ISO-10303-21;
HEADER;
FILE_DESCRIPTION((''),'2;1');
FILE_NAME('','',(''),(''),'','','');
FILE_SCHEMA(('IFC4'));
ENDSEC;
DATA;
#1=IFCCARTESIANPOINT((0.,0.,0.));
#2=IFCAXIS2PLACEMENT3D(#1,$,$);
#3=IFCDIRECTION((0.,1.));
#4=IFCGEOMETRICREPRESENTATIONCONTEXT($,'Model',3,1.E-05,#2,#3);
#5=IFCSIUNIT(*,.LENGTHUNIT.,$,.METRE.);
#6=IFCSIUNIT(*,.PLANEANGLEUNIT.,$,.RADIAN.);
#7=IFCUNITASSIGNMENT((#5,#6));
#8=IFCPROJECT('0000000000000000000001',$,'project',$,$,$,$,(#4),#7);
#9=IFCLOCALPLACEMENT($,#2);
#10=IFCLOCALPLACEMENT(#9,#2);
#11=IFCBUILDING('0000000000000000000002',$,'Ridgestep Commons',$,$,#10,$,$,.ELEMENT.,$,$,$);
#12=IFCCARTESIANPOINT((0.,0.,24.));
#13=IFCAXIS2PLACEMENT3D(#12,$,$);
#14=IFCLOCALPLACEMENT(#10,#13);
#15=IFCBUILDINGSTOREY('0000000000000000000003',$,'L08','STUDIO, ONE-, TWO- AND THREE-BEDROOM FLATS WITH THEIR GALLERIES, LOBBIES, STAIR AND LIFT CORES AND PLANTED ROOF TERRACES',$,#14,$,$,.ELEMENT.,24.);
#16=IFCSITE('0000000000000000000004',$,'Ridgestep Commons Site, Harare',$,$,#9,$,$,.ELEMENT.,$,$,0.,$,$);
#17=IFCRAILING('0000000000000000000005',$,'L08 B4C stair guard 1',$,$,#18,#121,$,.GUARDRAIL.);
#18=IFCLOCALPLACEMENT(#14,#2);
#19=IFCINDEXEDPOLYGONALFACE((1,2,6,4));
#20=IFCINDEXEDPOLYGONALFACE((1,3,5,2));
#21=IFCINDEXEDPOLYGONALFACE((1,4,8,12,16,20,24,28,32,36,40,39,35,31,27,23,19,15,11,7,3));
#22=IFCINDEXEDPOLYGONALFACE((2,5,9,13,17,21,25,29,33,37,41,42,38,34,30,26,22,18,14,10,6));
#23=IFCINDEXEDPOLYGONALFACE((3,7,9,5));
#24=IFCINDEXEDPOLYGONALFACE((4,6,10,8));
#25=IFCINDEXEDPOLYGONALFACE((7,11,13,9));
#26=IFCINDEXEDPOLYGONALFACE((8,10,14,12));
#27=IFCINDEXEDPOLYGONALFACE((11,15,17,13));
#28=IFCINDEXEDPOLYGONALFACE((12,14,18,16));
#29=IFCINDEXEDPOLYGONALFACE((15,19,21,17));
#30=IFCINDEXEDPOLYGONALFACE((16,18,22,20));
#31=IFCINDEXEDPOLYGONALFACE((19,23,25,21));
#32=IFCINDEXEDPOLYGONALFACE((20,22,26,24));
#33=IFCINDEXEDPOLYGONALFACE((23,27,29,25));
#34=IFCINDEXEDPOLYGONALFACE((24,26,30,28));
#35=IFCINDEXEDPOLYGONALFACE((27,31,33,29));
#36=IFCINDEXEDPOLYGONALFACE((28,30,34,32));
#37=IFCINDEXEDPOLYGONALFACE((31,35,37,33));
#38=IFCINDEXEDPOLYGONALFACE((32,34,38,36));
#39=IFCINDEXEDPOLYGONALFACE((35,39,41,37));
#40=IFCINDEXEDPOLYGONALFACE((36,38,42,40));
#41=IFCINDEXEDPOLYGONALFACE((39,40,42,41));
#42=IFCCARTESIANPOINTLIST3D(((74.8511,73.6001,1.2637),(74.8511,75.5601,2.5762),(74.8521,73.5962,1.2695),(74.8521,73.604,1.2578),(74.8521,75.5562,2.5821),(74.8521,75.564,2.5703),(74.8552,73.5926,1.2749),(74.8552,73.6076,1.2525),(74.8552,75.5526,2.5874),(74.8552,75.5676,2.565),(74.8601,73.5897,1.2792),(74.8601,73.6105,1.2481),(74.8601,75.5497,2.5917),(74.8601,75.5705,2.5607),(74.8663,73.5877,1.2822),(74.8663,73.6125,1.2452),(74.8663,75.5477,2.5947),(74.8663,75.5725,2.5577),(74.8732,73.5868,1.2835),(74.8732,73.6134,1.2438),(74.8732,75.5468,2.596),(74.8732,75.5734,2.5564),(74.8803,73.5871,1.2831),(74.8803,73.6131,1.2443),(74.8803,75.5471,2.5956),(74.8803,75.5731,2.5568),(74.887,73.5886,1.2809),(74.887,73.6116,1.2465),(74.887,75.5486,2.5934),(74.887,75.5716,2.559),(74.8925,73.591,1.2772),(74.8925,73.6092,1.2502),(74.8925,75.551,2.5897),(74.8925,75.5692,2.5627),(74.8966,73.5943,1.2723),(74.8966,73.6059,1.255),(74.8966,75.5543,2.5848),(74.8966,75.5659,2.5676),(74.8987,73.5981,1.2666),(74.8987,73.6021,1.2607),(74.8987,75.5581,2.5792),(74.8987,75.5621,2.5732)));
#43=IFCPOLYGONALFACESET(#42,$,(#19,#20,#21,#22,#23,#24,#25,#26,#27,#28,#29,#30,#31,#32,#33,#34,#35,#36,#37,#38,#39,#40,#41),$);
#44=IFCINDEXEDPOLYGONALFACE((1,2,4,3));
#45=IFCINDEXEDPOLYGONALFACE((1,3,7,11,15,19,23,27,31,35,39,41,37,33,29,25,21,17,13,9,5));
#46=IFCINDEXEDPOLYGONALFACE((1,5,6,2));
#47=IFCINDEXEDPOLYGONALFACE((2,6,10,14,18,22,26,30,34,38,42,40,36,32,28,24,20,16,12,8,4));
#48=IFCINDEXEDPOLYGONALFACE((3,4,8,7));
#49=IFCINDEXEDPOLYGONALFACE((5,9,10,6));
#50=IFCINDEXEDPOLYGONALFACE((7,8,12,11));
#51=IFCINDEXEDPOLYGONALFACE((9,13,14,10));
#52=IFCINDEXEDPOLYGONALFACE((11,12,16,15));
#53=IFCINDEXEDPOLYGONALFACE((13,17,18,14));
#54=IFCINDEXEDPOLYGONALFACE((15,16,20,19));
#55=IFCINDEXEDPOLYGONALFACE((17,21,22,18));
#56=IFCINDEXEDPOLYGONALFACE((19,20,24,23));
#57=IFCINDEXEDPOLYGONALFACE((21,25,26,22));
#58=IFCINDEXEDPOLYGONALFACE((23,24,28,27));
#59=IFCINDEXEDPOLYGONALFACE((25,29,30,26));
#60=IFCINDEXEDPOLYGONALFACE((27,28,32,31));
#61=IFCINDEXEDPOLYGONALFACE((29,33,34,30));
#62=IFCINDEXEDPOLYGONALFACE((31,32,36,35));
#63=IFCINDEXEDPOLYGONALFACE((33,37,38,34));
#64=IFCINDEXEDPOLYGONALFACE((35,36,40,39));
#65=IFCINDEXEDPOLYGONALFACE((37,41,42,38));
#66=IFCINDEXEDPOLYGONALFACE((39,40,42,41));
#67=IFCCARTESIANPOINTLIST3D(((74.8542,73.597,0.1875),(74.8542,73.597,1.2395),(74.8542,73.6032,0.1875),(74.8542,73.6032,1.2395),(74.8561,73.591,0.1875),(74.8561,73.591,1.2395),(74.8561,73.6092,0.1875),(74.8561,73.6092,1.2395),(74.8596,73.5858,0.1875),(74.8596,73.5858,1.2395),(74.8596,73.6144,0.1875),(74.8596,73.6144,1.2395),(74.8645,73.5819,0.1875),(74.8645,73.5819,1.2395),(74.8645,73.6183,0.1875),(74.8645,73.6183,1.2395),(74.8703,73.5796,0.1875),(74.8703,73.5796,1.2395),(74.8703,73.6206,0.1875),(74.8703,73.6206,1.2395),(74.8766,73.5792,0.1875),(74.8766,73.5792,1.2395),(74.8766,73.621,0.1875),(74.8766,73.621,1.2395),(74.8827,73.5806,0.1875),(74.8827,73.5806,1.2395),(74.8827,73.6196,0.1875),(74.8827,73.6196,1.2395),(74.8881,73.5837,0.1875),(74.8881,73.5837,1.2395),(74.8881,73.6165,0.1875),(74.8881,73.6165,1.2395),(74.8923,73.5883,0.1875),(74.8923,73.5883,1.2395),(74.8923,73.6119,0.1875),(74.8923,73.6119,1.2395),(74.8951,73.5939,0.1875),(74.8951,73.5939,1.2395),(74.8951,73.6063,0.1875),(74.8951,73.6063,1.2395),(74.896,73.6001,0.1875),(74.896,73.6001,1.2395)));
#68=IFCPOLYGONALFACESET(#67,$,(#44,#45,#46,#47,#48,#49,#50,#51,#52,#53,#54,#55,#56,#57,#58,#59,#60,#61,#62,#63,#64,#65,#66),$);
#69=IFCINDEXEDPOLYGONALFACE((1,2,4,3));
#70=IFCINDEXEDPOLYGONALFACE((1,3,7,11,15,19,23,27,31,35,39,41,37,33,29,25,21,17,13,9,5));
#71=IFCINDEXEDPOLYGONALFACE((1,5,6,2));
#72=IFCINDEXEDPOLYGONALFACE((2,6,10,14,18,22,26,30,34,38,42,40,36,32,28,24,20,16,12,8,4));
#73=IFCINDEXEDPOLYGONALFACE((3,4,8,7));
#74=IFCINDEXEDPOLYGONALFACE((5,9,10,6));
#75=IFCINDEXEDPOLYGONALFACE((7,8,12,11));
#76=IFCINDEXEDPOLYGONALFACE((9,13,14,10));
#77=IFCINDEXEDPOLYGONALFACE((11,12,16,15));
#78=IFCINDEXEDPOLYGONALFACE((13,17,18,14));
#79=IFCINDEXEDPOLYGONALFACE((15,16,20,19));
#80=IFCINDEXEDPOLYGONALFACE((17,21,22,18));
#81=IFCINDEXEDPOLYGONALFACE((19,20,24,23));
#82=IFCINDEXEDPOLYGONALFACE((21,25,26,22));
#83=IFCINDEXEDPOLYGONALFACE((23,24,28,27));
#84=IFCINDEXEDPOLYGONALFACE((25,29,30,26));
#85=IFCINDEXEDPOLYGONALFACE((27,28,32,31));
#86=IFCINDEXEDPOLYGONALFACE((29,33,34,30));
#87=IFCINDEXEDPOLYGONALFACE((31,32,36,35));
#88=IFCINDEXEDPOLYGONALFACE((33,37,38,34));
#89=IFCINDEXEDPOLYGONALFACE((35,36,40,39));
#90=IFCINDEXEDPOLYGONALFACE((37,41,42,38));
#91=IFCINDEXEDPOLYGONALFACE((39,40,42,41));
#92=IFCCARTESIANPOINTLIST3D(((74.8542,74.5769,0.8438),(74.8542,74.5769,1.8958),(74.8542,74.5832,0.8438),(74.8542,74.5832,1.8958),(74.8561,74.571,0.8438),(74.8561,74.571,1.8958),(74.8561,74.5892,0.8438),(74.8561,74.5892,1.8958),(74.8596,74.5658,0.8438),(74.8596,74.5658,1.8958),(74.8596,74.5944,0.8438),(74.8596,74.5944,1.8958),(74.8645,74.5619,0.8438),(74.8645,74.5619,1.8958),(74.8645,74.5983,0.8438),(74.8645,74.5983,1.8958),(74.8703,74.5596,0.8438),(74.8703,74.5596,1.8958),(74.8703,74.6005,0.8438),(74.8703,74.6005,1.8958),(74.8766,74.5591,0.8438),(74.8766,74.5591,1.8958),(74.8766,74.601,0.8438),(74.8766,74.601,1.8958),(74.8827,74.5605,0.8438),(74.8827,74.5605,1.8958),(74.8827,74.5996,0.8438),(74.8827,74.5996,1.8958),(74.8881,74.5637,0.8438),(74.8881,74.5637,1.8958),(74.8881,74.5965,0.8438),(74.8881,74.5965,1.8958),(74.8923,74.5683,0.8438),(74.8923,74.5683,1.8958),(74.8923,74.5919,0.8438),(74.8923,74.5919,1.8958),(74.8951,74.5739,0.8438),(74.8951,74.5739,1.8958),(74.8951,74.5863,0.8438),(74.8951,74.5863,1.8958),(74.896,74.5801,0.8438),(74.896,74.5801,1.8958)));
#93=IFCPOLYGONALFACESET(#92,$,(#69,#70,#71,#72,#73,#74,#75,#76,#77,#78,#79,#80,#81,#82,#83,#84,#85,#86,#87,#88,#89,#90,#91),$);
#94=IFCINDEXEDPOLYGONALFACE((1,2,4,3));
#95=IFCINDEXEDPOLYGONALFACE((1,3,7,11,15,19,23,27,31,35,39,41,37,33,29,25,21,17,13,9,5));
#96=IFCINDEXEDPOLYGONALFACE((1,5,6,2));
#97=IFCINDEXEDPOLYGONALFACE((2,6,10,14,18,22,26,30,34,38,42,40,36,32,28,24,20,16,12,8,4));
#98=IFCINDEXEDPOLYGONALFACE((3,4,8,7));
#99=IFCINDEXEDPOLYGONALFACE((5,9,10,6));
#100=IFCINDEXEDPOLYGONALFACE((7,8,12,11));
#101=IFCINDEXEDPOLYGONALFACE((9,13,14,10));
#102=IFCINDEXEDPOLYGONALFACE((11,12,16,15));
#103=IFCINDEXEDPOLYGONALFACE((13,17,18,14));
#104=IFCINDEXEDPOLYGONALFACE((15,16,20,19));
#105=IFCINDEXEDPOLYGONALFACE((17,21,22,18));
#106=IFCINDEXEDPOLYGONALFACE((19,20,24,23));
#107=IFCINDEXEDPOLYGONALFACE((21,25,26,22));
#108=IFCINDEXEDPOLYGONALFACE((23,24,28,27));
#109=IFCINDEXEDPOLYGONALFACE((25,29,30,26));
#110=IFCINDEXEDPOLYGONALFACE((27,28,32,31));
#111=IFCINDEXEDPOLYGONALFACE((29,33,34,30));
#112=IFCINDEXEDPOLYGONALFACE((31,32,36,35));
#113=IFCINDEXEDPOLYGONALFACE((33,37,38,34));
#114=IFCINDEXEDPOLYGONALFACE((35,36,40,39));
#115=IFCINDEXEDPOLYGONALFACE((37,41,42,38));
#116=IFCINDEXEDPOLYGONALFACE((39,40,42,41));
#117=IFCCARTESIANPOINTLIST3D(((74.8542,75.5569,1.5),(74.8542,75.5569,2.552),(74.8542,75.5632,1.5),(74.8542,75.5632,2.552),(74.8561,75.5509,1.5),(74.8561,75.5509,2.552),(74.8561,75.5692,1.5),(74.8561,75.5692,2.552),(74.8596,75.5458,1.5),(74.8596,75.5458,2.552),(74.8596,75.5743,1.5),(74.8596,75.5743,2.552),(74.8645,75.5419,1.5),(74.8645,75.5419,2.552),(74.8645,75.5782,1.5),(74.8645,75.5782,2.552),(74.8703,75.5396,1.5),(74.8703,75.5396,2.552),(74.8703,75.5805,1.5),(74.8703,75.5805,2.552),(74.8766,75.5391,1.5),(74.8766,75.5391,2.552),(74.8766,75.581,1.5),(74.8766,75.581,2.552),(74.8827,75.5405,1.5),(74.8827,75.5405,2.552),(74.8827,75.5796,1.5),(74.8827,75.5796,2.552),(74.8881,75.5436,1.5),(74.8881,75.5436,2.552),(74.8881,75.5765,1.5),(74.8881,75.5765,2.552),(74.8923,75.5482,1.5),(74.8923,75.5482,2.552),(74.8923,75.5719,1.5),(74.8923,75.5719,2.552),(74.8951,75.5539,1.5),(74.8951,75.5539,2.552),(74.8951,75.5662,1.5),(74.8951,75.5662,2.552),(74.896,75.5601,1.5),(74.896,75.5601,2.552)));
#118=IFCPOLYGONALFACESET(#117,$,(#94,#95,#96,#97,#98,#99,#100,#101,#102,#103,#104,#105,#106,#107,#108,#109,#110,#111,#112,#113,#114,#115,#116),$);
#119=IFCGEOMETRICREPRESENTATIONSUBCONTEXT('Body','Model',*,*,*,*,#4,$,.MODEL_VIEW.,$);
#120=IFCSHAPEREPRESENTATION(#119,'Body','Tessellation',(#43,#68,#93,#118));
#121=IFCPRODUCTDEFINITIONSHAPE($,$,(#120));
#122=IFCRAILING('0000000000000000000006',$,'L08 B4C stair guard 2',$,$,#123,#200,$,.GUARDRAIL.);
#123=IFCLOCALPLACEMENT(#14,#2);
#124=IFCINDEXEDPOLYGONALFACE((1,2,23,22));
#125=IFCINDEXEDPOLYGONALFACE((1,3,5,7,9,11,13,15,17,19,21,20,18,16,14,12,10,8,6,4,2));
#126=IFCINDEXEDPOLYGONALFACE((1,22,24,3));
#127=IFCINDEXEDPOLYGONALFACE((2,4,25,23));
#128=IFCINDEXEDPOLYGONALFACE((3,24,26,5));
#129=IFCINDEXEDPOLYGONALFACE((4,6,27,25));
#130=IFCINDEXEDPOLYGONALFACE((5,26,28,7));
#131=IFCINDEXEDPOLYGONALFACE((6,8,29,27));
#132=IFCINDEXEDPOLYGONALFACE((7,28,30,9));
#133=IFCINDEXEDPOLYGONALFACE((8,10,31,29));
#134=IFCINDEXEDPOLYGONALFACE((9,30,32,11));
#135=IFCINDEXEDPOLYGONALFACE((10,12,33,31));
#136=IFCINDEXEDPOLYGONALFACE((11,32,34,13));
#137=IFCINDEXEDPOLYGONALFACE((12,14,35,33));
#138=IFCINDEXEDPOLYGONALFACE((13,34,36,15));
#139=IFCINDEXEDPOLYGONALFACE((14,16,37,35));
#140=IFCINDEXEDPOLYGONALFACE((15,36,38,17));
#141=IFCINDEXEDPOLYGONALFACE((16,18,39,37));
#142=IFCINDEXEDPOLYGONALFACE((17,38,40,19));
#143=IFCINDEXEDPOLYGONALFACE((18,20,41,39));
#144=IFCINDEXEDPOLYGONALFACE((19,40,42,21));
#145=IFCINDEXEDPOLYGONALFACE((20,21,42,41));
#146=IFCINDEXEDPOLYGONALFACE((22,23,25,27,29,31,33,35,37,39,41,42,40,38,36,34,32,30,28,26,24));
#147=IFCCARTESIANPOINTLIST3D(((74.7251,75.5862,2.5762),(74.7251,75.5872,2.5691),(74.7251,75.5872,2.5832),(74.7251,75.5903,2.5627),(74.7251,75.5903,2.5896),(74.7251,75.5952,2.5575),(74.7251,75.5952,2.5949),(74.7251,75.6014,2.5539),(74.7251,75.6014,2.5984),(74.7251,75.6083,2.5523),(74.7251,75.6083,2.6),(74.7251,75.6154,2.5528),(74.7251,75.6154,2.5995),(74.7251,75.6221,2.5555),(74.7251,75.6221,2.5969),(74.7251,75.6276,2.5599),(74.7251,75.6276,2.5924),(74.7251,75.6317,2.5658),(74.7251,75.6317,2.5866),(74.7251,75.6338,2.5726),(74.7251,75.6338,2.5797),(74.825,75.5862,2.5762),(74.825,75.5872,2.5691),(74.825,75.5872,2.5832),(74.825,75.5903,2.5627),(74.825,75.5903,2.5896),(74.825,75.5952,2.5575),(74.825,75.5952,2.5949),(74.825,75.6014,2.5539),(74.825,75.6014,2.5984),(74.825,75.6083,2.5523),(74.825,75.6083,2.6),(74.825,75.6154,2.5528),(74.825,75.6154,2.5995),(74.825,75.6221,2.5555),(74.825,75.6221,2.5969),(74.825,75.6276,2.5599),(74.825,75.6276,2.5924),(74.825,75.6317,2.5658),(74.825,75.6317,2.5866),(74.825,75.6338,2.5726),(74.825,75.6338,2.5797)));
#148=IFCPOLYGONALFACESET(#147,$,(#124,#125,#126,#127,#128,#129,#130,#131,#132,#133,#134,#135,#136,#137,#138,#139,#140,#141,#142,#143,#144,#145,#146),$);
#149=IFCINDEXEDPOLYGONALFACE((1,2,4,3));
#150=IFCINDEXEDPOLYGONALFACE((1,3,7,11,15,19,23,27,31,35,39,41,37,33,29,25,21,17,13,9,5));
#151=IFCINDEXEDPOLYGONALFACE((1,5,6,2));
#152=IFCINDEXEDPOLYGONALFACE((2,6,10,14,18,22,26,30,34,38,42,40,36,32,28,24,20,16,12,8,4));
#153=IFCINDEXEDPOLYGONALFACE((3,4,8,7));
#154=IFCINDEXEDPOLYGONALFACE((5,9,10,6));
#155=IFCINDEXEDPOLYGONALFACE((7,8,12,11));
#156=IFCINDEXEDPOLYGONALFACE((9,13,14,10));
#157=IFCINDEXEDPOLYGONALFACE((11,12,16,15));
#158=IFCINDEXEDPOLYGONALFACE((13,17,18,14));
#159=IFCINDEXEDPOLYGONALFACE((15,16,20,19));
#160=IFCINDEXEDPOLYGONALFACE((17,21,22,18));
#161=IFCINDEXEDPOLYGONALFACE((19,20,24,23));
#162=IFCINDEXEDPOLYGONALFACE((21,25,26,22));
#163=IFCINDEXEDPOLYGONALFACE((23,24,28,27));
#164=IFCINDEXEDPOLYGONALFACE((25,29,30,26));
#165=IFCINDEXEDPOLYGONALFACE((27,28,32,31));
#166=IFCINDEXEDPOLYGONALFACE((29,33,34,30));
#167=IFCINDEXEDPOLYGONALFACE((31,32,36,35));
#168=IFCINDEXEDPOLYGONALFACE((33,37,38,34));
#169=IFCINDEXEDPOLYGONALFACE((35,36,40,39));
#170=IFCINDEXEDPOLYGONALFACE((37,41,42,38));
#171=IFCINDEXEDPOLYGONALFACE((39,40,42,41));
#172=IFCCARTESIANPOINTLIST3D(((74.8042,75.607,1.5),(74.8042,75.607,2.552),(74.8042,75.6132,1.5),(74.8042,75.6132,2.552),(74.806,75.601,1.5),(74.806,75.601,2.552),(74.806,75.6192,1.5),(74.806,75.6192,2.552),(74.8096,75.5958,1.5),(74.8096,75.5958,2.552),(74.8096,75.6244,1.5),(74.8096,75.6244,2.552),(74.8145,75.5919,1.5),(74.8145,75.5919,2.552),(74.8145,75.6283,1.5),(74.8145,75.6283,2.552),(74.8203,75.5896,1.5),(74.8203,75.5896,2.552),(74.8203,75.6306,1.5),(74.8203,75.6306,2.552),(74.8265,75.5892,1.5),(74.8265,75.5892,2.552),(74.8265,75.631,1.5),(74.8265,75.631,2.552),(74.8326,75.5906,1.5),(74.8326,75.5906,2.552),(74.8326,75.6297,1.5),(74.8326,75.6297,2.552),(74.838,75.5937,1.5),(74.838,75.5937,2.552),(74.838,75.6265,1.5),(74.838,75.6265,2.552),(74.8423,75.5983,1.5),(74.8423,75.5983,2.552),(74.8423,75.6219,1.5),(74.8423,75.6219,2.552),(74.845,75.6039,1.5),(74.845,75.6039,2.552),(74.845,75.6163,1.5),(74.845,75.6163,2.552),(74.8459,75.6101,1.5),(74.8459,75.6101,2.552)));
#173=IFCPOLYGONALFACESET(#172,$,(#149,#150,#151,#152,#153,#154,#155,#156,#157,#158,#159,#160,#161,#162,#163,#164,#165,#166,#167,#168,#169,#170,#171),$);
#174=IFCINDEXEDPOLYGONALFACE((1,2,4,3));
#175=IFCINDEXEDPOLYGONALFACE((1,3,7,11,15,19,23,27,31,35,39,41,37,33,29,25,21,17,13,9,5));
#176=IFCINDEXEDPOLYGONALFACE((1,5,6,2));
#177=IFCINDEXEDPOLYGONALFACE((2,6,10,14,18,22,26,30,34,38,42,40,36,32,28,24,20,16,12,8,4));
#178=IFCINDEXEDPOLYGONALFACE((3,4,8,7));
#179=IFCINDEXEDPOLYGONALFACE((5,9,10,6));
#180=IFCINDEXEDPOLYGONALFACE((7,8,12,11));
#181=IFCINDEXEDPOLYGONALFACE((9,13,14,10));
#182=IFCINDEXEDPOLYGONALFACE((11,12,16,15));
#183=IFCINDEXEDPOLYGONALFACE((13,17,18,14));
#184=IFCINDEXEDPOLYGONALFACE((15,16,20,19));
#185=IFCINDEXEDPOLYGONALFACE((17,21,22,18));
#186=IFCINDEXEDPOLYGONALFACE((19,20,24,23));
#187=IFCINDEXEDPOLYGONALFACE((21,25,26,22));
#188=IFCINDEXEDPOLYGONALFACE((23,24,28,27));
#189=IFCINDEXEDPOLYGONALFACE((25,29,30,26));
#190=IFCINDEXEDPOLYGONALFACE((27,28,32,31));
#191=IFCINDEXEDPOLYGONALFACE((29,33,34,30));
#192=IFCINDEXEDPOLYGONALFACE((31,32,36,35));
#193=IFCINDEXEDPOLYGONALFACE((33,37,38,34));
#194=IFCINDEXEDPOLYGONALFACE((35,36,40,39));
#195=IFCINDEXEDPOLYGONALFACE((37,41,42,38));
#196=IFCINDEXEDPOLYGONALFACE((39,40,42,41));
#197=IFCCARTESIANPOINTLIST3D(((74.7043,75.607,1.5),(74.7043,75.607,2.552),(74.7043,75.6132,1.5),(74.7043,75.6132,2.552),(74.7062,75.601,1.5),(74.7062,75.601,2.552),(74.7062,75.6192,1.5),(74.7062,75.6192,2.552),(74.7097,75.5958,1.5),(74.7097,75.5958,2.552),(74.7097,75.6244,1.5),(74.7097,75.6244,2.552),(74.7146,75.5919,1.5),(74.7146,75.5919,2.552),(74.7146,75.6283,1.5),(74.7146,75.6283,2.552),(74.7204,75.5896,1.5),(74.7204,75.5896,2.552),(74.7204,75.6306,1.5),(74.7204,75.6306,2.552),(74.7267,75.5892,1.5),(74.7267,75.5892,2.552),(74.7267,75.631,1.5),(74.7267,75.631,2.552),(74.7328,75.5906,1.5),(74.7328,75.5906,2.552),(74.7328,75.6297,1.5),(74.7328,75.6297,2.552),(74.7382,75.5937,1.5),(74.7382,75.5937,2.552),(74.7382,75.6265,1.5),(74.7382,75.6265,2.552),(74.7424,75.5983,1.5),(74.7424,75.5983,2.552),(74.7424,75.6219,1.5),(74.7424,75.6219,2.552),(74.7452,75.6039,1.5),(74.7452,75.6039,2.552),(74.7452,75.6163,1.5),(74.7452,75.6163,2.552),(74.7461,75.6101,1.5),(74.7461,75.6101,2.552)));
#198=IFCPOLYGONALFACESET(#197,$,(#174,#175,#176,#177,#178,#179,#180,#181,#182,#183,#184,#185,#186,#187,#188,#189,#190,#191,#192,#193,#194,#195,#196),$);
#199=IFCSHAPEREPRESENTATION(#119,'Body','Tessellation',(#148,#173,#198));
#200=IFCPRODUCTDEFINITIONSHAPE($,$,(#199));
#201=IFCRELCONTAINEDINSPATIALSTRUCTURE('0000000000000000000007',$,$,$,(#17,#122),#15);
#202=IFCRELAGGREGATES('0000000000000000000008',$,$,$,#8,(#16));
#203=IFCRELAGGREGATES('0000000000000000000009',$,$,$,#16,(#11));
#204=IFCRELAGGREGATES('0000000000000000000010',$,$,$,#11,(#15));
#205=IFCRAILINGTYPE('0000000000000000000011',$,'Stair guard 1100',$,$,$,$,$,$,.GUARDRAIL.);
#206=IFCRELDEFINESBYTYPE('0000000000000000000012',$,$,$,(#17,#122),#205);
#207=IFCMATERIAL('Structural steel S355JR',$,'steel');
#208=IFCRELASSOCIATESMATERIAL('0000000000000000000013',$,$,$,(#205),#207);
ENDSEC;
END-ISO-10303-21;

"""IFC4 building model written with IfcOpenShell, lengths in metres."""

from ifc_helpers import new_model, si_unit, direction, frame, origin, origin_2d, place, context, subcontext, project, spatial, circle, extrude, material, type_object, element, save


model = new_model("IFC4")

# Units and contexts
model_context = context("Model", 3, precision=1e-05, world=origin(), true_north=direction((0.0, 1.0)))
body_context = subcontext(model_context, "Body", "Model", "MODEL_VIEW")
ifc_project = project(units=[si_unit("LENGTHUNIT", "METRE"), si_unit("PLANEANGLEUNIT", "RADIAN")], contexts=[model_context])

# Site, building, storey
site_placement = place(None, origin())
site = spatial("IfcSite", under=ifc_project, at=site_placement, Name="Ridgestep Commons Site, Harare", CompositionType="ELEMENT", RefElevation=0.0)
building_placement = place(site_placement, origin())
building = spatial("IfcBuilding", under=site, at=building_placement, Name="Ridgestep Commons", CompositionType="ELEMENT")
storey_placement = place(building_placement, frame((0.0, 0.0, 24.0)))
storey = spatial("IfcBuildingStorey", under=building, at=storey_placement, Name="L08", Description="STUDIO, ONE-, TWO- AND THREE-BEDROOM FLATS WITH THEIR GALLERIES, LOBBIES, STAIR AND LIFT CORES AND PLANTED ROOF TERRACES", CompositionType="ELEMENT", Elevation=24.0)

# Railings
ifc_material_1 = material(Name="Structural steel S355JR", Category="steel")
railing_type_1 = type_object("IfcRailingType", Name="Stair guard 1100", PredefinedType="GUARDRAIL", material=ifc_material_1)
railing_1_placement = place(storey_placement, frame((74.875, 73.6001, 0.1875)))
element("IfcRailing", 1, at=railing_1_placement, inside=storey, type_object=railing_type_1, Name="L08 B4C stair guard 1", PredefinedType="GUARDRAIL", context=body_context, shape_type="SweptSolid", body=[
    extrude(circle(Radius=0.0239, at=origin_2d()), frame((0.0, 0.0, 1.0762), z_axis=(0.0, 0.830902, 0.556419), x_axis=(-1.0, 0.0, 0.0)), (0.0, 0.0, 1.0), 2.3589),
    extrude(circle(Radius=0.021, at=origin_2d()), origin(), (0.0, 0.0, 1.0), 1.052),
    extrude(circle(Radius=0.021, at=origin_2d()), frame((0.0, 0.98, 0.6562)), (0.0, 0.0, 1.0), 1.052),
    extrude(circle(Radius=0.021, at=origin_2d()), frame((0.0, 1.96, 1.3125)), (0.0, 0.0, 1.0), 1.052),
])
railing_2_placement = place(storey_placement, frame((74.825, 75.6101, 1.5)))
element("IfcRailing", 2, at=railing_2_placement, inside=storey, type_object=railing_type_1, Name="L08 B4C stair guard 2", PredefinedType="GUARDRAIL", context=body_context, shape_type="SweptSolid", body=[
    extrude(circle(Radius=0.0239, at=origin_2d()), frame((0.0, 0.0, 1.0762), z_axis=(-1.0, 0.0, 0.0), x_axis=(0.0, -1.0, 0.0)), (0.0, 0.0, 1.0), 0.0999),
    extrude(circle(Radius=0.021, at=origin_2d()), origin(), (0.0, 0.0, 1.0), 1.052),
    extrude(circle(Radius=0.021, at=origin_2d()), frame((-0.0999, 0.0, 0.0)), (0.0, 0.0, 1.0), 1.052),
])

save(model, "model.ifc")
